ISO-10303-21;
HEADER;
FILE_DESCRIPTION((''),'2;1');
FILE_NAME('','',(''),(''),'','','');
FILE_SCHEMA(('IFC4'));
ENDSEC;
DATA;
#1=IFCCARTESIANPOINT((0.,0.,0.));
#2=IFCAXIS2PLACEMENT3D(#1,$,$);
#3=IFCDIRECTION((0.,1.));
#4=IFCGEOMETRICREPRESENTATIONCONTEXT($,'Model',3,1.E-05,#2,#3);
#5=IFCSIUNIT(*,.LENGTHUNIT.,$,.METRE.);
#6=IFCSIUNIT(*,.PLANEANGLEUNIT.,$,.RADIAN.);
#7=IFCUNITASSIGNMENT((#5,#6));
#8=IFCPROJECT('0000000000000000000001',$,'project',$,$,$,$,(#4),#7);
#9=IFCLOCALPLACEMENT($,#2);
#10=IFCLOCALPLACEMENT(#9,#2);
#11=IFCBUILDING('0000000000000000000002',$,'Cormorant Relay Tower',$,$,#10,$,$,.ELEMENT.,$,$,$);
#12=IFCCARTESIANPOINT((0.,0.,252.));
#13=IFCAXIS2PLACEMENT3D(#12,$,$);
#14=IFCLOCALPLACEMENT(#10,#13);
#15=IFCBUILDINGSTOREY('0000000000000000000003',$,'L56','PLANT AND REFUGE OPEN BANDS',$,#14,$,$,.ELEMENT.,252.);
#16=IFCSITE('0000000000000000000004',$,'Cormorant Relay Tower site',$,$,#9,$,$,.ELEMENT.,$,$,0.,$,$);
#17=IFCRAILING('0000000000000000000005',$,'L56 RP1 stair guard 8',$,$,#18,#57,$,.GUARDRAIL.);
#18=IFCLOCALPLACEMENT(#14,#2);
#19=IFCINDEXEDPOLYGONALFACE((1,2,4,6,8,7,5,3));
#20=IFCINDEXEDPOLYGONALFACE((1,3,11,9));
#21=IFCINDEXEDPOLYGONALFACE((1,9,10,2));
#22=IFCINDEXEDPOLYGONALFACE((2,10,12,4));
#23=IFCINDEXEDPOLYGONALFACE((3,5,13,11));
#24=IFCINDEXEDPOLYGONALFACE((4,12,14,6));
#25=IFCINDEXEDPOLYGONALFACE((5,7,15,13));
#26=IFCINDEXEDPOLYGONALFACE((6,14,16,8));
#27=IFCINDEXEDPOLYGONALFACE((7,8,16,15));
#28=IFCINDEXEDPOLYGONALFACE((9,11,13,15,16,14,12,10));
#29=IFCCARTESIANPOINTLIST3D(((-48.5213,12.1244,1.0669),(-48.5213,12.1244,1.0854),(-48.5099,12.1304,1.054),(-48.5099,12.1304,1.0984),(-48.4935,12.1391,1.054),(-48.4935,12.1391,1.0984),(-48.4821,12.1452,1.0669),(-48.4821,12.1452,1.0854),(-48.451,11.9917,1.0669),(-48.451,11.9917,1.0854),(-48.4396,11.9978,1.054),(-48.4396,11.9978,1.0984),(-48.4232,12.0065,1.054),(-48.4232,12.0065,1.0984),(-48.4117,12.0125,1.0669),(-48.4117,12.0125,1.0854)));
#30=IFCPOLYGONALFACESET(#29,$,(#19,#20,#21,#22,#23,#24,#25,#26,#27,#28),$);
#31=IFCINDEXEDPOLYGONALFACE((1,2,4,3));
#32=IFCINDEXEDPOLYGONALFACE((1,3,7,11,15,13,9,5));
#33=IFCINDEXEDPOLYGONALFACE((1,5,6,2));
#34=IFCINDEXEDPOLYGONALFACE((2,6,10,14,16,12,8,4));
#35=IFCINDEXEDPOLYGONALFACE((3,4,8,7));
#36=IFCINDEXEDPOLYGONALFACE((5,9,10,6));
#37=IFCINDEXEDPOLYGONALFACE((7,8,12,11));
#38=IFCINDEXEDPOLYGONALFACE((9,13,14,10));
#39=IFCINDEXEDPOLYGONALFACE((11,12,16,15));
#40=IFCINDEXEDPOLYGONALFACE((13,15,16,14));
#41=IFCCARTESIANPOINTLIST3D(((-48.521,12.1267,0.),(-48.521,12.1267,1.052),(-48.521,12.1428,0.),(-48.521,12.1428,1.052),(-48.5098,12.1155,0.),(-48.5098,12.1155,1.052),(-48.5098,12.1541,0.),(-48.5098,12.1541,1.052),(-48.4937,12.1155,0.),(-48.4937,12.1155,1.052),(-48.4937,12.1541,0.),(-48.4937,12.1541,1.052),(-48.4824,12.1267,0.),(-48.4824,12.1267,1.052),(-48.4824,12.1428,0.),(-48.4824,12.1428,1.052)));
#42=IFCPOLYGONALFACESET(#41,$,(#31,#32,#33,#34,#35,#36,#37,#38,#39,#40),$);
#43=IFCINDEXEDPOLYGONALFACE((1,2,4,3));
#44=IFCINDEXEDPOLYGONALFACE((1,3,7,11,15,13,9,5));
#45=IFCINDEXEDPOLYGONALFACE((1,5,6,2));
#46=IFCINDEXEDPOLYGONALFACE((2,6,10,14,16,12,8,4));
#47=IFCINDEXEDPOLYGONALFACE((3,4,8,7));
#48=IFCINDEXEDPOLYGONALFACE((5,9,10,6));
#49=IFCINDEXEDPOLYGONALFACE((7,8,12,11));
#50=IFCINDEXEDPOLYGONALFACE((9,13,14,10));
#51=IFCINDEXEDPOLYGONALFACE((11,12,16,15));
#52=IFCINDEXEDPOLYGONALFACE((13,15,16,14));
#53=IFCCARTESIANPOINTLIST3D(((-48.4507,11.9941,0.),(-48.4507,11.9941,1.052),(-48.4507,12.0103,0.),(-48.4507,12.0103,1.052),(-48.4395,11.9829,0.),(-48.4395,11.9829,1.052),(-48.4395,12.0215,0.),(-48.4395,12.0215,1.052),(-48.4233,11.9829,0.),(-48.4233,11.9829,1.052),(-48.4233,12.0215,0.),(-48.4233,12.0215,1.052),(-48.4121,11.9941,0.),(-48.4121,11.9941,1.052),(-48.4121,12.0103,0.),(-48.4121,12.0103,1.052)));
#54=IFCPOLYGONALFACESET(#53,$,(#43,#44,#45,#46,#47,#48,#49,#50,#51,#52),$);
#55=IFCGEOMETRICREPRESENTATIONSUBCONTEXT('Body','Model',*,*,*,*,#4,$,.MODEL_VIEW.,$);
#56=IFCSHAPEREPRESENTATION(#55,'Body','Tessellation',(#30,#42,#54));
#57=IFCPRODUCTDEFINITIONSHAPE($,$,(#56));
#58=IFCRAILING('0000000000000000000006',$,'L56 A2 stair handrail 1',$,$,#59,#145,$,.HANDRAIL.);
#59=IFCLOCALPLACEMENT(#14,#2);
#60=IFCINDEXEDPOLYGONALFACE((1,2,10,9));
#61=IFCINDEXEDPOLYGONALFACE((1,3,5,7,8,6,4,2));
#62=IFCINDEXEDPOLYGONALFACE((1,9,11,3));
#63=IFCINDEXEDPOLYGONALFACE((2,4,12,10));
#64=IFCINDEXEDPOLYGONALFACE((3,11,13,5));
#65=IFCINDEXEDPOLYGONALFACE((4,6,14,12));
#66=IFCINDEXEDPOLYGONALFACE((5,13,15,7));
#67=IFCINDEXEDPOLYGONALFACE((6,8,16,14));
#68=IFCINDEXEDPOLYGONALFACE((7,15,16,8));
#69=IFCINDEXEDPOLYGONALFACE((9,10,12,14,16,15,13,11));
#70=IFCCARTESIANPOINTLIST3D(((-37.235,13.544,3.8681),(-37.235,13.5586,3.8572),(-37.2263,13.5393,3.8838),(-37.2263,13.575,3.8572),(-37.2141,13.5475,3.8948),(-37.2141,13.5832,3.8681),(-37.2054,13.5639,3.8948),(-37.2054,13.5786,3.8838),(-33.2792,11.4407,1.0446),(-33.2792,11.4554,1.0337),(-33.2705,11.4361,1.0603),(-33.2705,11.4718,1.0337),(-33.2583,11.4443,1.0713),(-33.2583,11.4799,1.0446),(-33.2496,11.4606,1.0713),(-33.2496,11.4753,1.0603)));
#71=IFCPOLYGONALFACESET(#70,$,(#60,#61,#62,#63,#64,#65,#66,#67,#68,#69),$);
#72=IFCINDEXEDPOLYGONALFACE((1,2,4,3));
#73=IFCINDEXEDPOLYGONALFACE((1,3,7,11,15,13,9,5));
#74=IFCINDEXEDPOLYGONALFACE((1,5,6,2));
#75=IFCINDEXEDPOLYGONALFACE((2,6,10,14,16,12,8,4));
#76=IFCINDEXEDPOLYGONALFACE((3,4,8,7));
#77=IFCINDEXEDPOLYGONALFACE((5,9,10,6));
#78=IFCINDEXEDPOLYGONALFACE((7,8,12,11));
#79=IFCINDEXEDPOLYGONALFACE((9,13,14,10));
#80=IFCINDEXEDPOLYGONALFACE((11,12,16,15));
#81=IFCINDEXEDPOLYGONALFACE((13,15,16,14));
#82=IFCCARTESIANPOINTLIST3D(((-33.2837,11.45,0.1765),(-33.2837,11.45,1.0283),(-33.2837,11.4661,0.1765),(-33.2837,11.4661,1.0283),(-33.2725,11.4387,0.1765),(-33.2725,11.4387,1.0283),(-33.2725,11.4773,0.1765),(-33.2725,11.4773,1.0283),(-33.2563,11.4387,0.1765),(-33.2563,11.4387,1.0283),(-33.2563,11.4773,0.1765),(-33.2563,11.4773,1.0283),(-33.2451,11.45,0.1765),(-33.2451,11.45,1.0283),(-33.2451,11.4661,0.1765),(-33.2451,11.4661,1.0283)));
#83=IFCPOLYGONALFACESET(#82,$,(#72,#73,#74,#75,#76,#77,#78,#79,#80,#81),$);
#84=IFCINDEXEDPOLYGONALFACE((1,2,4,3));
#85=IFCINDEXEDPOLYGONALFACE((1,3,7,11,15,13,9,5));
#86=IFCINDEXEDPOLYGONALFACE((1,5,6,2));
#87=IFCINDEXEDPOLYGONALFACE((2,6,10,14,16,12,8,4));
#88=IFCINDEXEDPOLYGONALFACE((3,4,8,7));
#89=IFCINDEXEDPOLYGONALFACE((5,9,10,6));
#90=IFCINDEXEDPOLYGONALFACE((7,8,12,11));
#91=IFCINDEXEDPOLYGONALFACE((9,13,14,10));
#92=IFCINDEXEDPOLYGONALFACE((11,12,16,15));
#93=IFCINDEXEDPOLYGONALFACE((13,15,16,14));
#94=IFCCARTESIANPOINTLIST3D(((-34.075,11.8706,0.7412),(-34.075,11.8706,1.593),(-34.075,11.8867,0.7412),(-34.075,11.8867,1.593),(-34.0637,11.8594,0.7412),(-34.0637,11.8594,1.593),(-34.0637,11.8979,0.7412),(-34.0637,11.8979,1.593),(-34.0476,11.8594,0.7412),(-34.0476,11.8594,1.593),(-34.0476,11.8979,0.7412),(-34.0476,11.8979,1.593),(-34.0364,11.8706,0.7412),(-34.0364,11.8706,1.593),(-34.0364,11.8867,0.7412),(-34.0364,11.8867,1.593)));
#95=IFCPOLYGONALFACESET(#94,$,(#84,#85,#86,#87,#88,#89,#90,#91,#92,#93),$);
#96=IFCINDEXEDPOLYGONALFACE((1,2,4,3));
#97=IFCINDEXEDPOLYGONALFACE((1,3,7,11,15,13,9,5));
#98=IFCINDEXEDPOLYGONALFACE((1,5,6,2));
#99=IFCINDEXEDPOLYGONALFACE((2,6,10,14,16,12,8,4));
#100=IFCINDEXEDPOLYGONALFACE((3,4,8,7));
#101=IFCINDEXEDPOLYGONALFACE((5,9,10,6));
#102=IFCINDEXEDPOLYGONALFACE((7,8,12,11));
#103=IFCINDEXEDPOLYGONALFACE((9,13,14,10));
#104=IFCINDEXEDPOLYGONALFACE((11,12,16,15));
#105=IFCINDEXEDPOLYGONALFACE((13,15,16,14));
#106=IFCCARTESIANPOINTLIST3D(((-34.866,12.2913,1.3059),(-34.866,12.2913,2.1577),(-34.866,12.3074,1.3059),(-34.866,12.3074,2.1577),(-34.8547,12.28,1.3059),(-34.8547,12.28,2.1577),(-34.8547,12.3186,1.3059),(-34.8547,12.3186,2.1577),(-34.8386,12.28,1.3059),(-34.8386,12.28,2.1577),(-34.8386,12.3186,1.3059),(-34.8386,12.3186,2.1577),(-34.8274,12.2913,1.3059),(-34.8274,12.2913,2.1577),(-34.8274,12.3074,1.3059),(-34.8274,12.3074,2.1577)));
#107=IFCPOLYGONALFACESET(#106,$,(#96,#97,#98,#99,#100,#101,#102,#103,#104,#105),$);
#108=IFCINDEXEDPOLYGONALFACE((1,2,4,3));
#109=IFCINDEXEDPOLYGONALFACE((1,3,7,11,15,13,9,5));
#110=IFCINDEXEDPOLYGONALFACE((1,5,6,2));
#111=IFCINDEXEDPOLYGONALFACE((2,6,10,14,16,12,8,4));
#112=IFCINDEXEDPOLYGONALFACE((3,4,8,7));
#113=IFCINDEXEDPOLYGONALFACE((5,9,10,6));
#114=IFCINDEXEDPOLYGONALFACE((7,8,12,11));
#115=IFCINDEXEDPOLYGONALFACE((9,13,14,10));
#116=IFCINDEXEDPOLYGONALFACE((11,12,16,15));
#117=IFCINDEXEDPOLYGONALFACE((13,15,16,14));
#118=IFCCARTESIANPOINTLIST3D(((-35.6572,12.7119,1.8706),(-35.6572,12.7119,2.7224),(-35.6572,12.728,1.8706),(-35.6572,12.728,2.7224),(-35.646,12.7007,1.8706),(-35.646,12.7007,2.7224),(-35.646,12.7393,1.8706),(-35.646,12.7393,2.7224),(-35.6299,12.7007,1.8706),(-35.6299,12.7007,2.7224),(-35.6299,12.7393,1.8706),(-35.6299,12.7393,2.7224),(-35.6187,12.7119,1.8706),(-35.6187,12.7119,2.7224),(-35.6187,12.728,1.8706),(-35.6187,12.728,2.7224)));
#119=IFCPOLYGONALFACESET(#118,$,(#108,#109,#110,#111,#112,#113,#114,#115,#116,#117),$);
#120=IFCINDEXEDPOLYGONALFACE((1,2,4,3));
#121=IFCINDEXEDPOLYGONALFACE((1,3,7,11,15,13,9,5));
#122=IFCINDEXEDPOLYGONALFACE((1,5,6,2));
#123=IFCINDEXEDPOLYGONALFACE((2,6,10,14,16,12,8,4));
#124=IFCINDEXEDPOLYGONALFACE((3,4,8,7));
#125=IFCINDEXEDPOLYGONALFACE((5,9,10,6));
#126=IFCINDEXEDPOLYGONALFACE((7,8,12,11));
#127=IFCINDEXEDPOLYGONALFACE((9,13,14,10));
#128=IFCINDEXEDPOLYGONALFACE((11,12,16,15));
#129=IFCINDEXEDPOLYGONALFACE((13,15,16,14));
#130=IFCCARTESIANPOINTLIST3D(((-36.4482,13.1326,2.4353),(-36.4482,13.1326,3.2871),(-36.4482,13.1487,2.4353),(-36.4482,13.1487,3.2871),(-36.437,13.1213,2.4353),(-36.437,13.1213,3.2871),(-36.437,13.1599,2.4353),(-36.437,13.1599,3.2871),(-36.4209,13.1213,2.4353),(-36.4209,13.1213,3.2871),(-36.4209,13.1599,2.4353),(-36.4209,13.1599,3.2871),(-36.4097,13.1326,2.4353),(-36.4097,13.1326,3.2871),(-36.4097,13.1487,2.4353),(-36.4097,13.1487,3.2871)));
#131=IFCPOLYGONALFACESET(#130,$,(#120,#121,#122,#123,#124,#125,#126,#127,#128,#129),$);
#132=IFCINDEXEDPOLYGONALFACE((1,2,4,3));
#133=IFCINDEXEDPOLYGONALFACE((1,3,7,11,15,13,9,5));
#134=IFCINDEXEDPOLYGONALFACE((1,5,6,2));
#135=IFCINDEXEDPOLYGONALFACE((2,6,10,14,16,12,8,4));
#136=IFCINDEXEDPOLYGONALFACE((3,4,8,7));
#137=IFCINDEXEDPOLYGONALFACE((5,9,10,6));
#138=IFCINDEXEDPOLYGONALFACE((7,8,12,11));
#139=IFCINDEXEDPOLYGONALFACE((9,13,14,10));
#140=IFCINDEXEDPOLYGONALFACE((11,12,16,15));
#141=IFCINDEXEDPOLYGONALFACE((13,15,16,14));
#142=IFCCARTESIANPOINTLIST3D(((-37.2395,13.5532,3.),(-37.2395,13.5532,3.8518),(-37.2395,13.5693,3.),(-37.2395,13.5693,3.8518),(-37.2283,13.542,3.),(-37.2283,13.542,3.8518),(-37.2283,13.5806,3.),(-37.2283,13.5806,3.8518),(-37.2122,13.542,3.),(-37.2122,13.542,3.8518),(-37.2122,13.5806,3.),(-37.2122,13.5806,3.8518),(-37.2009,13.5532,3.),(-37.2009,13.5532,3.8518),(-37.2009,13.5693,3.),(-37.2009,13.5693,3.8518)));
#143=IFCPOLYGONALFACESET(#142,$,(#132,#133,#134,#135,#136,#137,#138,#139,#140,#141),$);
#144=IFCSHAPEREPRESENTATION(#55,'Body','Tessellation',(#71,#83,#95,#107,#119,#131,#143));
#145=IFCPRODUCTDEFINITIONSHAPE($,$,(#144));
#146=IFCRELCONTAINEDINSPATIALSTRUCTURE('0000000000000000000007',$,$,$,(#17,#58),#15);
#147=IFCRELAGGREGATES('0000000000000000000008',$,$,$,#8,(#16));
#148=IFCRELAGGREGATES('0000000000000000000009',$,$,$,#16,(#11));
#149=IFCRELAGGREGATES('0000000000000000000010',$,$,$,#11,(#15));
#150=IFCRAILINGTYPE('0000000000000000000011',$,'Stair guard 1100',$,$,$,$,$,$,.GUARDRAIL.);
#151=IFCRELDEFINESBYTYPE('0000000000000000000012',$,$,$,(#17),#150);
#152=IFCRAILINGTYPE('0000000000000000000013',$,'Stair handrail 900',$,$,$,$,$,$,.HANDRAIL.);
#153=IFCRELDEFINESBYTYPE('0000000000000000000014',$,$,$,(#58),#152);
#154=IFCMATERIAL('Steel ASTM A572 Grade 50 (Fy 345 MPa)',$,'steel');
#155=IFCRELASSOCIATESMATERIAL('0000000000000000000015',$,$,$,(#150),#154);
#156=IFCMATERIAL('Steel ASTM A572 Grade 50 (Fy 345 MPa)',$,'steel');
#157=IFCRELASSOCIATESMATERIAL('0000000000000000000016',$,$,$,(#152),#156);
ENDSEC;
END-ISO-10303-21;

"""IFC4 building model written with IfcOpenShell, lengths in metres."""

from ifc_helpers import new_model, si_unit, direction, frame, origin, place, context, subcontext, project, spatial, polyline, outline, extrude, material, type_object, element, save


model = new_model("IFC4")

# Units and contexts
model_context = context("Model", 3, precision=1e-05, world=origin(), true_north=direction((0.0, 1.0)))
body_context = subcontext(model_context, "Body", "Model", "MODEL_VIEW")
ifc_project = project(units=[si_unit("LENGTHUNIT", "METRE"), si_unit("PLANEANGLEUNIT", "RADIAN")], contexts=[model_context])

# Site, building, storey
site_placement = place(None, origin())
site = spatial("IfcSite", under=ifc_project, at=site_placement, Name="Cormorant Relay Tower site", CompositionType="ELEMENT", RefElevation=0.0)
building_placement = place(site_placement, origin())
building = spatial("IfcBuilding", under=site, at=building_placement, Name="Cormorant Relay Tower", CompositionType="ELEMENT")
storey_placement = place(building_placement, frame((0.0, 0.0, 252.0)))
storey = spatial("IfcBuildingStorey", under=building, at=storey_placement, Name="L56", Description="PLANT AND REFUGE OPEN BANDS", CompositionType="ELEMENT", Elevation=252.0)

# Railings
ifc_material_1 = material(Name="Steel ASTM A572 Grade 50 (Fy 345 MPa)", Category="steel")
railing_type_1 = type_object("IfcRailingType", Name="Stair guard 1100", PredefinedType="GUARDRAIL", material=ifc_material_1)
railing_1_placement = place(storey_placement, frame((-48.5017, 12.1348, 0.0)))
element("IfcRailing", 1, at=railing_1_placement, inside=storey, type_object=railing_type_1, Name="L56 RP1 stair guard 8", PredefinedType="GUARDRAIL", context=body_context, shape_type="SweptSolid", body=[
    extrude(outline(polyline([(0.0222, 0.0093), (0.0093, 0.0222), (-0.0093, 0.0222), (-0.0222, 0.0093), (-0.0222, -0.0093), (-0.0093, -0.0222), (0.0093, -0.0222), (0.0222, -0.0093), (0.0222, 0.0093)])), frame((0.0, 0.0, 1.0762), z_axis=(0.46856, -0.883431, 0.0), x_axis=(0.883431, 0.46856, 0.0)), (0.0, 0.0, 1.0), 0.1501),
    extrude(outline(polyline([(0.0193, 0.0081), (0.0081, 0.0193), (-0.0081, 0.0193), (-0.0193, 0.0081), (-0.0193, -0.0081), (-0.0081, -0.0193), (0.0081, -0.0193), (0.0193, -0.0081), (0.0193, 0.0081)])), origin(), (0.0, 0.0, 1.0), 1.052),
    extrude(outline(polyline([(0.0193, 0.0081), (0.0081, 0.0193), (-0.0081, 0.0193), (-0.0193, 0.0081), (-0.0193, -0.0081), (-0.0081, -0.0193), (0.0081, -0.0193), (0.0193, -0.0081), (0.0193, 0.0081)])), frame((0.0703, -0.1326, 0.0)), (0.0, 0.0, 1.0), 1.052),
])
ifc_material_2 = material(Name="Steel ASTM A572 Grade 50 (Fy 345 MPa)", Category="steel")
railing_type_2 = type_object("IfcRailingType", Name="Stair handrail 900", PredefinedType="HANDRAIL", material=ifc_material_2)
railing_2_placement = place(storey_placement, frame((-33.2644, 11.458, 0.1765)))
element("IfcRailing", 2, at=railing_2_placement, inside=storey, type_object=railing_type_2, Name="L56 A2 stair handrail 1", PredefinedType="HANDRAIL", context=body_context, shape_type="SweptSolid", body=[
    extrude(outline(polyline([(0.0222, 0.0093), (0.0093, 0.0222), (-0.0093, 0.0222), (-0.0222, 0.0093), (-0.0222, -0.0093), (-0.0093, -0.0222), (0.0093, -0.0222), (0.0222, -0.0093), (0.0222, 0.0093)])), frame((0.0, 0.0, 0.876), z_axis=(-0.746988, 0.397167, 0.533168), x_axis=(-0.469459, -0.882954, 0.0)), (0.0, 0.0, 1.0), 5.2957),
    extrude(outline(polyline([(0.0193, 0.0081), (0.0081, 0.0193), (-0.0081, 0.0193), (-0.0193, 0.0081), (-0.0193, -0.0081), (-0.0081, -0.0193), (0.0081, -0.0193), (0.0193, -0.0081), (0.0193, 0.0081)])), origin(), (0.0, 0.0, 1.0), 0.8518),
    extrude(outline(polyline([(0.0193, 0.0081), (0.0081, 0.0193), (-0.0081, 0.0193), (-0.0193, 0.0081), (-0.0193, -0.0081), (-0.0081, -0.0193), (0.0081, -0.0193), (0.0193, -0.0081), (0.0193, 0.0081)])), frame((-0.7913, 0.4207, 0.5647)), (0.0, 0.0, 1.0), 0.8518),
    extrude(outline(polyline([(0.0193, 0.0081), (0.0081, 0.0193), (-0.0081, 0.0193), (-0.0193, 0.0081), (-0.0193, -0.0081), (-0.0081, -0.0193), (0.0081, -0.0193), (0.0193, -0.0081), (0.0193, 0.0081)])), frame((-1.5823, 0.8413, 1.1294)), (0.0, 0.0, 1.0), 0.8518),
    extrude(outline(polyline([(0.0193, 0.0081), (0.0081, 0.0193), (-0.0081, 0.0193), (-0.0193, 0.0081), (-0.0193, -0.0081), (-0.0081, -0.0193), (0.0081, -0.0193), (0.0193, -0.0081), (0.0193, 0.0081)])), frame((-2.3735, 1.262, 1.6941)), (0.0, 0.0, 1.0), 0.8518),
    extrude(outline(polyline([(0.0193, 0.0081), (0.0081, 0.0193), (-0.0081, 0.0193), (-0.0193, 0.0081), (-0.0193, -0.0081), (-0.0081, -0.0193), (0.0081, -0.0193), (0.0193, -0.0081), (0.0193, 0.0081)])), frame((-3.1646, 1.6826, 2.2588)), (0.0, 0.0, 1.0), 0.8518),
    extrude(outline(polyline([(0.0193, 0.0081), (0.0081, 0.0193), (-0.0081, 0.0193), (-0.0193, 0.0081), (-0.0193, -0.0081), (-0.0081, -0.0193), (0.0081, -0.0193), (0.0193, -0.0081), (0.0193, 0.0081)])), frame((-3.9558, 2.1033, 2.8235)), (0.0, 0.0, 1.0), 0.8518),
])

save(model, "model.ifc")
